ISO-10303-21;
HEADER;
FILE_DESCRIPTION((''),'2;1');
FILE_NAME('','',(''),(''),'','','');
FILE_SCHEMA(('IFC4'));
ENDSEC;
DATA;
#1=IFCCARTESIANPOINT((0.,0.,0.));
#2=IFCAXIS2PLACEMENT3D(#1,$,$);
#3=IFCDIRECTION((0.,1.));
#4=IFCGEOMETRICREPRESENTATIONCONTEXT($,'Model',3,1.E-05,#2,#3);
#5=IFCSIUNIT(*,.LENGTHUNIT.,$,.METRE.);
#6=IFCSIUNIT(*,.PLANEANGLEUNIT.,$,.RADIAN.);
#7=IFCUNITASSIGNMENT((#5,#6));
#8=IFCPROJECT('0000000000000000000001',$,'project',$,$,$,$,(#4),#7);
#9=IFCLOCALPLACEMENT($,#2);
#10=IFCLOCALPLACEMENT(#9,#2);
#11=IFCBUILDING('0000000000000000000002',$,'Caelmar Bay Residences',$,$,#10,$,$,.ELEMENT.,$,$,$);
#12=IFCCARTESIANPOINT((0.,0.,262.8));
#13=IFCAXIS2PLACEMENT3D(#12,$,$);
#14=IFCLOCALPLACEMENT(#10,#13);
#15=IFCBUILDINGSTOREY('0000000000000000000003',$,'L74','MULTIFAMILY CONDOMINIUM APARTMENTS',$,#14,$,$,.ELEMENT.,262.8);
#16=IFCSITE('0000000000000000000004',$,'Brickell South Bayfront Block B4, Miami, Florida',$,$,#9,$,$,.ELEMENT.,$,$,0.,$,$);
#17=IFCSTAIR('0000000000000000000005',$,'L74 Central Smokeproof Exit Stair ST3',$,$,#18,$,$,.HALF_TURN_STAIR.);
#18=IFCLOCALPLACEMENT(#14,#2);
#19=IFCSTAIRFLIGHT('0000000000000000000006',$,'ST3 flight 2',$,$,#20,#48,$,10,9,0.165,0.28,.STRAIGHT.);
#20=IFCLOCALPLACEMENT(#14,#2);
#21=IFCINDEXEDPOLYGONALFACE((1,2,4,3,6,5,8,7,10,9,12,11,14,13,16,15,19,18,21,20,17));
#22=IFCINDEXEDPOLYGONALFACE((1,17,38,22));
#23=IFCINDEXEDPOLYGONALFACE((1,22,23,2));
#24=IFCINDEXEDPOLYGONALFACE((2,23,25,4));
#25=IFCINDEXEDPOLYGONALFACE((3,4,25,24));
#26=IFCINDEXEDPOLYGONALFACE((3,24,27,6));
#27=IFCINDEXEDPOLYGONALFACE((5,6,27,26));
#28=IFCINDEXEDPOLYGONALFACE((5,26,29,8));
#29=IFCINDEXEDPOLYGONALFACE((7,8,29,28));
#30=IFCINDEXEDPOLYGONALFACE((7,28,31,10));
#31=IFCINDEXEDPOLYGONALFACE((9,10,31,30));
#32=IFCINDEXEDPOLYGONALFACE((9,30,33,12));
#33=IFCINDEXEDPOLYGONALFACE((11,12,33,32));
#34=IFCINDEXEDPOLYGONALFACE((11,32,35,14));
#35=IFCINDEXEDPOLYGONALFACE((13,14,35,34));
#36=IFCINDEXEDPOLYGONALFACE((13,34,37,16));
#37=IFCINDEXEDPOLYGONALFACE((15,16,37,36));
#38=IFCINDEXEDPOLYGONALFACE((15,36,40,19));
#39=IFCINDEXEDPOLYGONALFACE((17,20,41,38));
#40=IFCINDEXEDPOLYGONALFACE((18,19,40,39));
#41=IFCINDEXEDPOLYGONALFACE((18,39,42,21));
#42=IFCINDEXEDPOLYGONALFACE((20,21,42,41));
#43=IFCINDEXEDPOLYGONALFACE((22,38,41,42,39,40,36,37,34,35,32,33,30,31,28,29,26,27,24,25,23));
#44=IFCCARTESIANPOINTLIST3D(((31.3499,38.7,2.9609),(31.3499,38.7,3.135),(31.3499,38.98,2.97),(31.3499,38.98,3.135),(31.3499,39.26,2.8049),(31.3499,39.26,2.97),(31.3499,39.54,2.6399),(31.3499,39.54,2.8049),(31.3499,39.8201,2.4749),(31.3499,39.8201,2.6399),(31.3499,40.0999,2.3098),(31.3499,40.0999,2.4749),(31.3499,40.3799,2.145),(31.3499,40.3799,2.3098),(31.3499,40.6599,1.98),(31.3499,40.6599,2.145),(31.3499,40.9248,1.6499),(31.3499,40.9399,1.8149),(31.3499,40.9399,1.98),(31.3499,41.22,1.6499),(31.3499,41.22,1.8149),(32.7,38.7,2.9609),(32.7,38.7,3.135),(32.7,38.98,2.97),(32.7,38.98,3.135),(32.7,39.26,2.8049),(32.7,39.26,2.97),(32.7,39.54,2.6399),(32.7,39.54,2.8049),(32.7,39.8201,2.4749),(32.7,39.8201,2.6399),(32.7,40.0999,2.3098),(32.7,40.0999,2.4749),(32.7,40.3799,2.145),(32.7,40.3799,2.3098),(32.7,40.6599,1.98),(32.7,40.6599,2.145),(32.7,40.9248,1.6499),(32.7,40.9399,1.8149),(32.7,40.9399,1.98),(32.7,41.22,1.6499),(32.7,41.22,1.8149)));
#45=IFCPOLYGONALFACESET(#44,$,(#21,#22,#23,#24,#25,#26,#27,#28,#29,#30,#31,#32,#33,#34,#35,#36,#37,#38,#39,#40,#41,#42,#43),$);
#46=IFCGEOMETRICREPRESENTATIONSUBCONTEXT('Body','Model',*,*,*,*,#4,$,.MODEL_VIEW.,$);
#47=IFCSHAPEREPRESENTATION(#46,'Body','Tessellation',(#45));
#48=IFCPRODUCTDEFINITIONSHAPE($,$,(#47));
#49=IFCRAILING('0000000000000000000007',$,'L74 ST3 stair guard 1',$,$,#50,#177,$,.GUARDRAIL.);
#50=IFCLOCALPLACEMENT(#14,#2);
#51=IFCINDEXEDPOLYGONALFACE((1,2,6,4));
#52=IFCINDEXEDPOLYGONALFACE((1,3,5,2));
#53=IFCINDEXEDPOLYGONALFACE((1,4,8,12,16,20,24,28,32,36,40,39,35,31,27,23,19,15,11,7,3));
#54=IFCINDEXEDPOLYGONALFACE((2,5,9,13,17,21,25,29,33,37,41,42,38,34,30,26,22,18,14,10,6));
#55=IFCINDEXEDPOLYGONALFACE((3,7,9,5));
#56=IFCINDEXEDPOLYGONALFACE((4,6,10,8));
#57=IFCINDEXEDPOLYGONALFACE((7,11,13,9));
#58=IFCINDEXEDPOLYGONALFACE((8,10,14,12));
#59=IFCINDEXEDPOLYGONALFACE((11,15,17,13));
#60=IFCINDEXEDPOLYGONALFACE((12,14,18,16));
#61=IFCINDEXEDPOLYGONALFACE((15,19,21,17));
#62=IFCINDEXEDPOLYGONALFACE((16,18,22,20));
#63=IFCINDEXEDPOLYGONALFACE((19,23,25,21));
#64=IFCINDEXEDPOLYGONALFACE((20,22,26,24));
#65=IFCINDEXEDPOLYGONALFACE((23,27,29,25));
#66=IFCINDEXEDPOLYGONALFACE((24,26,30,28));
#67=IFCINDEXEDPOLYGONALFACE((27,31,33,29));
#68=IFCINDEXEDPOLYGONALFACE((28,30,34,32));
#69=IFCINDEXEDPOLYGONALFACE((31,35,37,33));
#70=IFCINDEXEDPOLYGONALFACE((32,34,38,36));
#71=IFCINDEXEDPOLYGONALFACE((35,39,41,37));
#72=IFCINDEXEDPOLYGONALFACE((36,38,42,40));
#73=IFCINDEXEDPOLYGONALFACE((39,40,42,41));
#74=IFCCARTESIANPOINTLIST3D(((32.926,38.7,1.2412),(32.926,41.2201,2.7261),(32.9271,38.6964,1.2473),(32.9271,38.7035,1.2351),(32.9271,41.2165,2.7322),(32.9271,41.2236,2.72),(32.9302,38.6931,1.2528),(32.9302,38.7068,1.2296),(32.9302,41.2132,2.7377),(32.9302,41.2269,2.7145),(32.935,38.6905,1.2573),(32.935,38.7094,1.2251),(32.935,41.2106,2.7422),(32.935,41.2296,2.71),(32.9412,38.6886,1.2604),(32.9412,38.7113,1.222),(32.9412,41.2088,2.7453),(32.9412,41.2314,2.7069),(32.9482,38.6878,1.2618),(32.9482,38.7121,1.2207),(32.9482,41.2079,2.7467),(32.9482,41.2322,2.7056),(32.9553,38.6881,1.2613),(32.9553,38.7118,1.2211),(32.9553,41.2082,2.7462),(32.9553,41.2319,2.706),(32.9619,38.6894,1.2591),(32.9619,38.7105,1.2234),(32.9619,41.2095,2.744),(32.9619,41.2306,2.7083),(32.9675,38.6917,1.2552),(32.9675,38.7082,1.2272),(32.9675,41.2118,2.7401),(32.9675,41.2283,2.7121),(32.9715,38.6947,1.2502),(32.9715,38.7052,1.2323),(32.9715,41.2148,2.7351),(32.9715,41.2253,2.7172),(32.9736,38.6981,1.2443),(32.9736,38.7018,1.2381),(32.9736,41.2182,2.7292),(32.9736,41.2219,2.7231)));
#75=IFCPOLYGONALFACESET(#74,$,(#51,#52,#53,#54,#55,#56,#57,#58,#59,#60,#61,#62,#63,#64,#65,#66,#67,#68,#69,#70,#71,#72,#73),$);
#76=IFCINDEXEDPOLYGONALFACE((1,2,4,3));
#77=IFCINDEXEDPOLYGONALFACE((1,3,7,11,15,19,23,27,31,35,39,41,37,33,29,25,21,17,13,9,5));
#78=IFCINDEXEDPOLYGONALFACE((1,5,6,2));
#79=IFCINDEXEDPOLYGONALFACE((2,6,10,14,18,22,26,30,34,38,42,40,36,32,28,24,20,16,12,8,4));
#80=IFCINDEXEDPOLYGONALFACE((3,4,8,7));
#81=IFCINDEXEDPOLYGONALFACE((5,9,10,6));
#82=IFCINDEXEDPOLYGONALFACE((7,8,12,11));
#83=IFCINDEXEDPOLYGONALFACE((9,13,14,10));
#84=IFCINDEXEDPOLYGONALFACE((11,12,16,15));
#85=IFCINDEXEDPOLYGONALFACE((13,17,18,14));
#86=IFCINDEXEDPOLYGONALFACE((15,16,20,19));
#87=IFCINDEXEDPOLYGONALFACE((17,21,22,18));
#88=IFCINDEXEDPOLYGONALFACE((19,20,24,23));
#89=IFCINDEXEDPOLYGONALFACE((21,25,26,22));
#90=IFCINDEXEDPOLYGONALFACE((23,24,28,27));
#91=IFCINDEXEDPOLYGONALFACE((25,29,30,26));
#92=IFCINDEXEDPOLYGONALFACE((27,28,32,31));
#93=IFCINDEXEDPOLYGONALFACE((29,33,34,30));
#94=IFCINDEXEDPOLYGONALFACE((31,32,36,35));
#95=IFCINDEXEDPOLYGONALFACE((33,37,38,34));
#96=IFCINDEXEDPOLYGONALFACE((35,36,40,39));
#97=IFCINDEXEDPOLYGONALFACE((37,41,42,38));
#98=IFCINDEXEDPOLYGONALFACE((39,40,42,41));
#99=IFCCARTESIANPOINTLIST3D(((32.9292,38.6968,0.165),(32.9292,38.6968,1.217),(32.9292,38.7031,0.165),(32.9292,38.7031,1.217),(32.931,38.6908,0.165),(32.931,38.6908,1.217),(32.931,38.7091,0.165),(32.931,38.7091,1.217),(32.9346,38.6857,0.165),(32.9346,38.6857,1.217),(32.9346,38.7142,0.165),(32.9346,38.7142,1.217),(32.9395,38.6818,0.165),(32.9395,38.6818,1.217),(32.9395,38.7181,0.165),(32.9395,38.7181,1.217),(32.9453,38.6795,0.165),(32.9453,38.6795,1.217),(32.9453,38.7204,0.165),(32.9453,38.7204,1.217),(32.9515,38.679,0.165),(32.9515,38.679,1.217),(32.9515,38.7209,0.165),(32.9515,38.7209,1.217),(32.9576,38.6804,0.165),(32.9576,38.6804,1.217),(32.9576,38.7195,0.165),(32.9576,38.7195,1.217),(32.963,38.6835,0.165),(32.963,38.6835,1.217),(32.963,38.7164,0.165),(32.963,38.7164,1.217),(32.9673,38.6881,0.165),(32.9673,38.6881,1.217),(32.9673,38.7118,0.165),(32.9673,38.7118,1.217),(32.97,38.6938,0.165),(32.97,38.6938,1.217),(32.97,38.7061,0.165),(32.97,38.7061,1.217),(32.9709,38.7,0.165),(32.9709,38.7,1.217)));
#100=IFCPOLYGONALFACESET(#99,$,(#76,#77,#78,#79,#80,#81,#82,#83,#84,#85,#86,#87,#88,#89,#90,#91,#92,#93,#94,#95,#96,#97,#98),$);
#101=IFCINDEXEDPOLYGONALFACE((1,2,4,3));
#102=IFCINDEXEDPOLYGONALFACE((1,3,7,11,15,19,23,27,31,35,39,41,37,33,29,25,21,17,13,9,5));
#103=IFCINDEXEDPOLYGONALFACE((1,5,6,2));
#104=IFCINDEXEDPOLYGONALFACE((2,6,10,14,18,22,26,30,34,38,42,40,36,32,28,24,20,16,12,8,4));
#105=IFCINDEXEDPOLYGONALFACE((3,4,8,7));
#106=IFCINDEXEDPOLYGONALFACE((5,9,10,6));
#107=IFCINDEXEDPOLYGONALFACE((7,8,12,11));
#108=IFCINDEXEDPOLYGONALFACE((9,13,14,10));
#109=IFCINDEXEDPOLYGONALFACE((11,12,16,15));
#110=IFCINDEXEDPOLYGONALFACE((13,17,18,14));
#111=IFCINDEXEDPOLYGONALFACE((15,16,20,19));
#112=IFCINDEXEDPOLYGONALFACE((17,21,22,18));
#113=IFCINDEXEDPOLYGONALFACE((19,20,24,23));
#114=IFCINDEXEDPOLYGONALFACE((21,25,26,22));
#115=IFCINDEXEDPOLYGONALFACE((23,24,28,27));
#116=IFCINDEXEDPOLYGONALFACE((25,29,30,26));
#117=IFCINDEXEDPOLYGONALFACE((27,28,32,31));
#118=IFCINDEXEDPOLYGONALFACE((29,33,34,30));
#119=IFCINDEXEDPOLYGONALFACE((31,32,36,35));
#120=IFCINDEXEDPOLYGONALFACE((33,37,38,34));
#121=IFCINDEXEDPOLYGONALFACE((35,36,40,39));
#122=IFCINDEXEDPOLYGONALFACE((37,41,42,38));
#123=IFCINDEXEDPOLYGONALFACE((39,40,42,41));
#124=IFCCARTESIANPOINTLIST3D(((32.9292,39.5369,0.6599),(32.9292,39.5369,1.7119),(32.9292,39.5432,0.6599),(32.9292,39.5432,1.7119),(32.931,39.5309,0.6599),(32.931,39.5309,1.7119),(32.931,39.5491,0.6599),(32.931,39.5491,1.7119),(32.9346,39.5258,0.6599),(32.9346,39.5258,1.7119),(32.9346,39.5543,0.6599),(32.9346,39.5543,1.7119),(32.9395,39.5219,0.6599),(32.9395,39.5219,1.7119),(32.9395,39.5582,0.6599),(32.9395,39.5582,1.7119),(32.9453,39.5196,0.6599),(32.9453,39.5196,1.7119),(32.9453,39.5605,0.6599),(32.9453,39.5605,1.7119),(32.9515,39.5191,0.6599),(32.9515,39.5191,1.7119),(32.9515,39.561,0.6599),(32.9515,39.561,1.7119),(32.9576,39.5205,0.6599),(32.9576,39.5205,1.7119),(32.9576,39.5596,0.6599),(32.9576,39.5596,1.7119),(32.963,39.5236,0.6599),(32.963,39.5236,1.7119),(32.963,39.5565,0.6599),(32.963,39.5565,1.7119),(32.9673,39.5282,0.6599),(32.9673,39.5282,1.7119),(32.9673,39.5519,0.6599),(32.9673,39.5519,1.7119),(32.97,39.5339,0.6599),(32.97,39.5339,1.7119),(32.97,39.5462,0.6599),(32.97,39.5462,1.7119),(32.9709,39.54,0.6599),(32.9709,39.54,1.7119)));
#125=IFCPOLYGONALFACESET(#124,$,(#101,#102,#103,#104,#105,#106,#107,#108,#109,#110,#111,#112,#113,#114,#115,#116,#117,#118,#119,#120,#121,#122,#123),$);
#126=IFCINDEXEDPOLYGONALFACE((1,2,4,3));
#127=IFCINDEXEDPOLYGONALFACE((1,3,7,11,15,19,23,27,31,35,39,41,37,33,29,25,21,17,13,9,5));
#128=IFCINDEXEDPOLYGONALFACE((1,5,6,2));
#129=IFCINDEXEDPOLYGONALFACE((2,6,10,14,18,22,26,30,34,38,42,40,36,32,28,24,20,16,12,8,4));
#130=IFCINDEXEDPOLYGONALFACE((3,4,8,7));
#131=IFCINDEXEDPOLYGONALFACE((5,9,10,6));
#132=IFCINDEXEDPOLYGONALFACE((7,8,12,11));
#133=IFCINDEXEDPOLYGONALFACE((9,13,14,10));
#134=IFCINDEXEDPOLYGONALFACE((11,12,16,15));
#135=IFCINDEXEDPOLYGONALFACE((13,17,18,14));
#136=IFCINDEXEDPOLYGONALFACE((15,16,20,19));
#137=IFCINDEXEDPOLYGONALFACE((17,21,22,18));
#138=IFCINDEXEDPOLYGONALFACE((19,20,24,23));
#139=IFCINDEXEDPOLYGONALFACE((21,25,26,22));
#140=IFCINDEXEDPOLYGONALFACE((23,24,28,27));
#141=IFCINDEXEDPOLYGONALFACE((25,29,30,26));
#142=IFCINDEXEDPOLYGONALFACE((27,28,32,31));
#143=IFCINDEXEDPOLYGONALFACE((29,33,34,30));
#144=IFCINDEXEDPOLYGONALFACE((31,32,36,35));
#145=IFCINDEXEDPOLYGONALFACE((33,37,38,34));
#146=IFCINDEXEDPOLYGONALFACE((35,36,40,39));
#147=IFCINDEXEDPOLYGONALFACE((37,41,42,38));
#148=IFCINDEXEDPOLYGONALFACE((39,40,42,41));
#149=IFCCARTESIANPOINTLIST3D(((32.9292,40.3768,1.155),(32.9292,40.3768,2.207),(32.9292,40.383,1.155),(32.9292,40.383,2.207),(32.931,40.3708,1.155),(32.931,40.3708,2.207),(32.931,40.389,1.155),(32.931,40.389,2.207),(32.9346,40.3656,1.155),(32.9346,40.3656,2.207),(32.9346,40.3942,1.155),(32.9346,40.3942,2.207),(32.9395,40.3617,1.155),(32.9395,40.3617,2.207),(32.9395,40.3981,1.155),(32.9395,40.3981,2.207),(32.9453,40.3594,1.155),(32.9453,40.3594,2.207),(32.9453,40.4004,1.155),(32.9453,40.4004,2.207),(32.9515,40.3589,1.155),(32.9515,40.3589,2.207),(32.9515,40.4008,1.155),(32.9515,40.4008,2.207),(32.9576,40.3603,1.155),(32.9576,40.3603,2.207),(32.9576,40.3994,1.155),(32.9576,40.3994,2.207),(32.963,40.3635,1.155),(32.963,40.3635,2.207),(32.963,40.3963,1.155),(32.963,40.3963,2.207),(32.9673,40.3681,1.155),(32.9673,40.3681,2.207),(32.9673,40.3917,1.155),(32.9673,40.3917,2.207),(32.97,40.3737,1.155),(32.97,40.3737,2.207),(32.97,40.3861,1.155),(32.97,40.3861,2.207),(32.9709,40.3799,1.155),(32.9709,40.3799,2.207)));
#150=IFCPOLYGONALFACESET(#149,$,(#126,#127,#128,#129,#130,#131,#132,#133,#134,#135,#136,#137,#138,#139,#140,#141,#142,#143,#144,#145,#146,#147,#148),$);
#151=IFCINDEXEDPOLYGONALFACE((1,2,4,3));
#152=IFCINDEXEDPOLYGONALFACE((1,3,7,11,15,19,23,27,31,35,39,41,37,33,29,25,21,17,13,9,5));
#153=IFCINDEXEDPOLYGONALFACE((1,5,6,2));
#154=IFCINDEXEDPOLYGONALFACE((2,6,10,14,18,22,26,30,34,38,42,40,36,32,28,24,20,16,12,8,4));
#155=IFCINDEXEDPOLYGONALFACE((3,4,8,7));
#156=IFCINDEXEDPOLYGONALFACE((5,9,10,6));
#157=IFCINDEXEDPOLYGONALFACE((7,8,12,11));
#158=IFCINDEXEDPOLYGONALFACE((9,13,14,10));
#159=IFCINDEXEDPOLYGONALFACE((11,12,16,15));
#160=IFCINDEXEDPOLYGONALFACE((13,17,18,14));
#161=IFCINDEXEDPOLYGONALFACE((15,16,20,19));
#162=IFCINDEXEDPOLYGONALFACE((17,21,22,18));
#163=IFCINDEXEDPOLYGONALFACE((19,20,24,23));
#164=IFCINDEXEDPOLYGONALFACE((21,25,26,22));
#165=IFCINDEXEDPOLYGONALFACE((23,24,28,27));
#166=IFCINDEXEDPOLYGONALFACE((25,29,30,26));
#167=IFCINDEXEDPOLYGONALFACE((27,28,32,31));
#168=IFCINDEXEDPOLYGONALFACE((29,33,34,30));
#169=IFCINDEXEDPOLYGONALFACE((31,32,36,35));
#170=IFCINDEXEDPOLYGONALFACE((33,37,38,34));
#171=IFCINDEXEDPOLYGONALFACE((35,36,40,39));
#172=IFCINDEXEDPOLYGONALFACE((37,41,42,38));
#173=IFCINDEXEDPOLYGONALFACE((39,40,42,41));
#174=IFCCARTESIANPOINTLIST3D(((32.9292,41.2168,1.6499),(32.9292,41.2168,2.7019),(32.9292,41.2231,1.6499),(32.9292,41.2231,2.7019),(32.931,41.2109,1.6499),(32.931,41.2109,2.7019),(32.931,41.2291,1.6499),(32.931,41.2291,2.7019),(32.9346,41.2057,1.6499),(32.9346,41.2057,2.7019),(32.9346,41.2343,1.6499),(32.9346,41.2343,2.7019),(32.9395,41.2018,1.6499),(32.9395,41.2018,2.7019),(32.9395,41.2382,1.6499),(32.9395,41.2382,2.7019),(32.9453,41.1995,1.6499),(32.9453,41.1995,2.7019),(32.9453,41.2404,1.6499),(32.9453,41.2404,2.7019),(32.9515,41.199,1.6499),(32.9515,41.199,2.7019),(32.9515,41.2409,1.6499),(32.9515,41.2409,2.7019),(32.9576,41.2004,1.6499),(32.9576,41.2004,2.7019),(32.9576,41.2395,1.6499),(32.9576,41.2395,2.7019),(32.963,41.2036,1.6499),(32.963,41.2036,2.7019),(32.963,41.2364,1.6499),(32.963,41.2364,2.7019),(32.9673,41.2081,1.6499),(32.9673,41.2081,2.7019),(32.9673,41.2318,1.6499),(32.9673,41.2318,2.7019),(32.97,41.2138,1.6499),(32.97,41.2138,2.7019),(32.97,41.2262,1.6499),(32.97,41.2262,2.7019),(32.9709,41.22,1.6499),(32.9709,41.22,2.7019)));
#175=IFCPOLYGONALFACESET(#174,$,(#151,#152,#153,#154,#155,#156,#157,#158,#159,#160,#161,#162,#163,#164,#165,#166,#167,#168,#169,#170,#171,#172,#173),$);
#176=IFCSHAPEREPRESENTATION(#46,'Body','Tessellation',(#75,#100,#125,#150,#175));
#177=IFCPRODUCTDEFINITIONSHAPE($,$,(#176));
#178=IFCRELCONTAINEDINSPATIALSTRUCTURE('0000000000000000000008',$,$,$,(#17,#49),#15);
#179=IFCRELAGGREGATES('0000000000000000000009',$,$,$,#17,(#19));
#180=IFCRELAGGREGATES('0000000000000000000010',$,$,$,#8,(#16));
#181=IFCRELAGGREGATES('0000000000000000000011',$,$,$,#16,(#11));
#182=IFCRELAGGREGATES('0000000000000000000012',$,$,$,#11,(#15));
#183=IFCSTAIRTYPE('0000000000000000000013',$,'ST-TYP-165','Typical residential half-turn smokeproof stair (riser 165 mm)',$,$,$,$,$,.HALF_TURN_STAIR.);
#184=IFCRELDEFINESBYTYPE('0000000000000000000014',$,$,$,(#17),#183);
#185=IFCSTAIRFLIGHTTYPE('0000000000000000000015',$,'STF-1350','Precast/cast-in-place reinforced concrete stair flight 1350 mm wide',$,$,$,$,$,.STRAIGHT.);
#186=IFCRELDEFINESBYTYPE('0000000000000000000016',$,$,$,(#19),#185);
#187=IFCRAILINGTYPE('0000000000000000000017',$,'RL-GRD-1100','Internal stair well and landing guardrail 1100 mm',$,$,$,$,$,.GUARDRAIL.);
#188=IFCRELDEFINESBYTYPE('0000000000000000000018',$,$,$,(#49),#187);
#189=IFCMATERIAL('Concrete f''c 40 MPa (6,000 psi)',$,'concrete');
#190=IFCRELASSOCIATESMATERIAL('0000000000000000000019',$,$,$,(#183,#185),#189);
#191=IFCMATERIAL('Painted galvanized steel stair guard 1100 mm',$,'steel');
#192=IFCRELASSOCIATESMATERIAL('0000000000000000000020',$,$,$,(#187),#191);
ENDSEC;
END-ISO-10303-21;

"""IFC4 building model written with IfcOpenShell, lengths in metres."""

from ifc_helpers import new_model, si_unit, direction, frame, origin, origin_2d, place, context, subcontext, project, spatial, polyline, circle, outline, extrude, material, type_object, element, aggregate, save


model = new_model("IFC4")

# Units and contexts
model_context = context("Model", 3, precision=1e-05, world=origin(), true_north=direction((0.0, 1.0)))
body_context = subcontext(model_context, "Body", "Model", "MODEL_VIEW")
ifc_project = project(units=[si_unit("LENGTHUNIT", "METRE"), si_unit("PLANEANGLEUNIT", "RADIAN")], contexts=[model_context])

# Site, building, storey
site_placement = place(None, origin())
site = spatial("IfcSite", under=ifc_project, at=site_placement, Name="Brickell South Bayfront Block B4, Miami, Florida", CompositionType="ELEMENT", RefElevation=0.0)
building_placement = place(site_placement, origin())
building = spatial("IfcBuilding", under=site, at=building_placement, Name="Caelmar Bay Residences", CompositionType="ELEMENT")
storey_placement = place(building_placement, frame((0.0, 0.0, 262.8)))
storey = spatial("IfcBuildingStorey", under=building, at=storey_placement, Name="L74", Description="MULTIFAMILY CONDOMINIUM APARTMENTS", CompositionType="ELEMENT", Elevation=262.8)

# Stair, stair flight
ifc_material_1 = material(Name="Concrete f'c 40 MPa (6,000 psi)", Category="concrete")
stair_type = type_object("IfcStairType", Name="ST-TYP-165", Description="Typical residential half-turn smokeproof stair (riser 165 mm)", PredefinedType="HALF_TURN_STAIR", material=ifc_material_1)
stair_placement = place(storey_placement, origin())
stair = element("IfcStair", 1, at=stair_placement, inside=storey, type_object=stair_type, Name="L74 Central Smokeproof Exit Stair ST3", PredefinedType="HALF_TURN_STAIR")
stair_flight_type = type_object("IfcStairFlightType", Name="STF-1350", Description="Precast/cast-in-place reinforced concrete stair flight 1350 mm wide", PredefinedType="STRAIGHT", material=ifc_material_1)
stair_flight_1_placement = place(storey_placement, frame((32.0249, 41.22, 1.6499), z_axis=(0.0, 0.0, 1.0), x_axis=(0.0, -1.0, 0.0)))
stair_flight_1 = element("IfcStairFlight", 2, at=stair_flight_1_placement, type_object=stair_flight_type, Name="ST3 flight 2", NumberOfRisers=10, NumberOfTreads=9, PredefinedType="STRAIGHT", RiserHeight=0.165, TreadLength=0.28, context=body_context, shape_type="SweptSolid", body=[
    extrude(outline(polyline([(0.0, 0.0), (0.0, 0.165), (0.28, 0.165), (0.28, 0.3301), (0.5601, 0.3301), (0.5601, 0.4951), (0.8401, 0.4951), (0.8401, 0.6599), (1.1201, 0.6599), (1.1201, 0.825), (1.3999, 0.825), (1.3999, 0.99), (1.6799, 0.99), (1.6799, 1.155), (1.96, 1.155), (1.96, 1.3201), (2.24, 1.3201), (2.24, 1.4851), (2.52, 1.4851), (2.52, 1.6499), (2.52, 1.311), (0.2952, 0.0), (0.0, 0.0)])), frame((0.0, 0.675, 0.0), z_axis=(0.0, -1.0, 0.0), x_axis=(1.0, 0.0, 0.0)), (0.0, 0.0, 1.0), 1.3501),
])
aggregate(stair, [stair_flight_1])

# Railing
ifc_material_2 = material(Name="Painted galvanized steel stair guard 1100 mm", Category="steel")
railing_type_1 = type_object("IfcRailingType", Name="RL-GRD-1100", Description="Internal stair well and landing guardrail 1100 mm", PredefinedType="GUARDRAIL", material=ifc_material_2)
railing_1_placement = place(storey_placement, frame((32.95, 38.7, 0.165)))
element("IfcRailing", 3, at=railing_1_placement, inside=storey, type_object=railing_type_1, Name="L74 ST3 stair guard 1", PredefinedType="GUARDRAIL", context=body_context, shape_type="SweptSolid", body=[
    extrude(circle(Radius=0.0239, at=origin_2d()), frame((0.0, 0.0, 1.0762), z_axis=(0.0, 0.861561, 0.507655), x_axis=(-1.0, 0.0, 0.0)), (0.0, 0.0, 1.0), 2.925),
    extrude(circle(Radius=0.021, at=origin_2d()), origin(), (0.0, 0.0, 1.0), 1.052),
    extrude(circle(Radius=0.021, at=origin_2d()), frame((0.0, 0.8401, 0.4949)), (0.0, 0.0, 1.0), 1.052),
    extrude(circle(Radius=0.021, at=origin_2d()), frame((0.0, 1.6799, 0.99)), (0.0, 0.0, 1.0), 1.052),
    extrude(circle(Radius=0.021, at=origin_2d()), frame((0.0, 2.52, 1.4849)), (0.0, 0.0, 1.0), 1.052),
])

save(model, "model.ifc")
